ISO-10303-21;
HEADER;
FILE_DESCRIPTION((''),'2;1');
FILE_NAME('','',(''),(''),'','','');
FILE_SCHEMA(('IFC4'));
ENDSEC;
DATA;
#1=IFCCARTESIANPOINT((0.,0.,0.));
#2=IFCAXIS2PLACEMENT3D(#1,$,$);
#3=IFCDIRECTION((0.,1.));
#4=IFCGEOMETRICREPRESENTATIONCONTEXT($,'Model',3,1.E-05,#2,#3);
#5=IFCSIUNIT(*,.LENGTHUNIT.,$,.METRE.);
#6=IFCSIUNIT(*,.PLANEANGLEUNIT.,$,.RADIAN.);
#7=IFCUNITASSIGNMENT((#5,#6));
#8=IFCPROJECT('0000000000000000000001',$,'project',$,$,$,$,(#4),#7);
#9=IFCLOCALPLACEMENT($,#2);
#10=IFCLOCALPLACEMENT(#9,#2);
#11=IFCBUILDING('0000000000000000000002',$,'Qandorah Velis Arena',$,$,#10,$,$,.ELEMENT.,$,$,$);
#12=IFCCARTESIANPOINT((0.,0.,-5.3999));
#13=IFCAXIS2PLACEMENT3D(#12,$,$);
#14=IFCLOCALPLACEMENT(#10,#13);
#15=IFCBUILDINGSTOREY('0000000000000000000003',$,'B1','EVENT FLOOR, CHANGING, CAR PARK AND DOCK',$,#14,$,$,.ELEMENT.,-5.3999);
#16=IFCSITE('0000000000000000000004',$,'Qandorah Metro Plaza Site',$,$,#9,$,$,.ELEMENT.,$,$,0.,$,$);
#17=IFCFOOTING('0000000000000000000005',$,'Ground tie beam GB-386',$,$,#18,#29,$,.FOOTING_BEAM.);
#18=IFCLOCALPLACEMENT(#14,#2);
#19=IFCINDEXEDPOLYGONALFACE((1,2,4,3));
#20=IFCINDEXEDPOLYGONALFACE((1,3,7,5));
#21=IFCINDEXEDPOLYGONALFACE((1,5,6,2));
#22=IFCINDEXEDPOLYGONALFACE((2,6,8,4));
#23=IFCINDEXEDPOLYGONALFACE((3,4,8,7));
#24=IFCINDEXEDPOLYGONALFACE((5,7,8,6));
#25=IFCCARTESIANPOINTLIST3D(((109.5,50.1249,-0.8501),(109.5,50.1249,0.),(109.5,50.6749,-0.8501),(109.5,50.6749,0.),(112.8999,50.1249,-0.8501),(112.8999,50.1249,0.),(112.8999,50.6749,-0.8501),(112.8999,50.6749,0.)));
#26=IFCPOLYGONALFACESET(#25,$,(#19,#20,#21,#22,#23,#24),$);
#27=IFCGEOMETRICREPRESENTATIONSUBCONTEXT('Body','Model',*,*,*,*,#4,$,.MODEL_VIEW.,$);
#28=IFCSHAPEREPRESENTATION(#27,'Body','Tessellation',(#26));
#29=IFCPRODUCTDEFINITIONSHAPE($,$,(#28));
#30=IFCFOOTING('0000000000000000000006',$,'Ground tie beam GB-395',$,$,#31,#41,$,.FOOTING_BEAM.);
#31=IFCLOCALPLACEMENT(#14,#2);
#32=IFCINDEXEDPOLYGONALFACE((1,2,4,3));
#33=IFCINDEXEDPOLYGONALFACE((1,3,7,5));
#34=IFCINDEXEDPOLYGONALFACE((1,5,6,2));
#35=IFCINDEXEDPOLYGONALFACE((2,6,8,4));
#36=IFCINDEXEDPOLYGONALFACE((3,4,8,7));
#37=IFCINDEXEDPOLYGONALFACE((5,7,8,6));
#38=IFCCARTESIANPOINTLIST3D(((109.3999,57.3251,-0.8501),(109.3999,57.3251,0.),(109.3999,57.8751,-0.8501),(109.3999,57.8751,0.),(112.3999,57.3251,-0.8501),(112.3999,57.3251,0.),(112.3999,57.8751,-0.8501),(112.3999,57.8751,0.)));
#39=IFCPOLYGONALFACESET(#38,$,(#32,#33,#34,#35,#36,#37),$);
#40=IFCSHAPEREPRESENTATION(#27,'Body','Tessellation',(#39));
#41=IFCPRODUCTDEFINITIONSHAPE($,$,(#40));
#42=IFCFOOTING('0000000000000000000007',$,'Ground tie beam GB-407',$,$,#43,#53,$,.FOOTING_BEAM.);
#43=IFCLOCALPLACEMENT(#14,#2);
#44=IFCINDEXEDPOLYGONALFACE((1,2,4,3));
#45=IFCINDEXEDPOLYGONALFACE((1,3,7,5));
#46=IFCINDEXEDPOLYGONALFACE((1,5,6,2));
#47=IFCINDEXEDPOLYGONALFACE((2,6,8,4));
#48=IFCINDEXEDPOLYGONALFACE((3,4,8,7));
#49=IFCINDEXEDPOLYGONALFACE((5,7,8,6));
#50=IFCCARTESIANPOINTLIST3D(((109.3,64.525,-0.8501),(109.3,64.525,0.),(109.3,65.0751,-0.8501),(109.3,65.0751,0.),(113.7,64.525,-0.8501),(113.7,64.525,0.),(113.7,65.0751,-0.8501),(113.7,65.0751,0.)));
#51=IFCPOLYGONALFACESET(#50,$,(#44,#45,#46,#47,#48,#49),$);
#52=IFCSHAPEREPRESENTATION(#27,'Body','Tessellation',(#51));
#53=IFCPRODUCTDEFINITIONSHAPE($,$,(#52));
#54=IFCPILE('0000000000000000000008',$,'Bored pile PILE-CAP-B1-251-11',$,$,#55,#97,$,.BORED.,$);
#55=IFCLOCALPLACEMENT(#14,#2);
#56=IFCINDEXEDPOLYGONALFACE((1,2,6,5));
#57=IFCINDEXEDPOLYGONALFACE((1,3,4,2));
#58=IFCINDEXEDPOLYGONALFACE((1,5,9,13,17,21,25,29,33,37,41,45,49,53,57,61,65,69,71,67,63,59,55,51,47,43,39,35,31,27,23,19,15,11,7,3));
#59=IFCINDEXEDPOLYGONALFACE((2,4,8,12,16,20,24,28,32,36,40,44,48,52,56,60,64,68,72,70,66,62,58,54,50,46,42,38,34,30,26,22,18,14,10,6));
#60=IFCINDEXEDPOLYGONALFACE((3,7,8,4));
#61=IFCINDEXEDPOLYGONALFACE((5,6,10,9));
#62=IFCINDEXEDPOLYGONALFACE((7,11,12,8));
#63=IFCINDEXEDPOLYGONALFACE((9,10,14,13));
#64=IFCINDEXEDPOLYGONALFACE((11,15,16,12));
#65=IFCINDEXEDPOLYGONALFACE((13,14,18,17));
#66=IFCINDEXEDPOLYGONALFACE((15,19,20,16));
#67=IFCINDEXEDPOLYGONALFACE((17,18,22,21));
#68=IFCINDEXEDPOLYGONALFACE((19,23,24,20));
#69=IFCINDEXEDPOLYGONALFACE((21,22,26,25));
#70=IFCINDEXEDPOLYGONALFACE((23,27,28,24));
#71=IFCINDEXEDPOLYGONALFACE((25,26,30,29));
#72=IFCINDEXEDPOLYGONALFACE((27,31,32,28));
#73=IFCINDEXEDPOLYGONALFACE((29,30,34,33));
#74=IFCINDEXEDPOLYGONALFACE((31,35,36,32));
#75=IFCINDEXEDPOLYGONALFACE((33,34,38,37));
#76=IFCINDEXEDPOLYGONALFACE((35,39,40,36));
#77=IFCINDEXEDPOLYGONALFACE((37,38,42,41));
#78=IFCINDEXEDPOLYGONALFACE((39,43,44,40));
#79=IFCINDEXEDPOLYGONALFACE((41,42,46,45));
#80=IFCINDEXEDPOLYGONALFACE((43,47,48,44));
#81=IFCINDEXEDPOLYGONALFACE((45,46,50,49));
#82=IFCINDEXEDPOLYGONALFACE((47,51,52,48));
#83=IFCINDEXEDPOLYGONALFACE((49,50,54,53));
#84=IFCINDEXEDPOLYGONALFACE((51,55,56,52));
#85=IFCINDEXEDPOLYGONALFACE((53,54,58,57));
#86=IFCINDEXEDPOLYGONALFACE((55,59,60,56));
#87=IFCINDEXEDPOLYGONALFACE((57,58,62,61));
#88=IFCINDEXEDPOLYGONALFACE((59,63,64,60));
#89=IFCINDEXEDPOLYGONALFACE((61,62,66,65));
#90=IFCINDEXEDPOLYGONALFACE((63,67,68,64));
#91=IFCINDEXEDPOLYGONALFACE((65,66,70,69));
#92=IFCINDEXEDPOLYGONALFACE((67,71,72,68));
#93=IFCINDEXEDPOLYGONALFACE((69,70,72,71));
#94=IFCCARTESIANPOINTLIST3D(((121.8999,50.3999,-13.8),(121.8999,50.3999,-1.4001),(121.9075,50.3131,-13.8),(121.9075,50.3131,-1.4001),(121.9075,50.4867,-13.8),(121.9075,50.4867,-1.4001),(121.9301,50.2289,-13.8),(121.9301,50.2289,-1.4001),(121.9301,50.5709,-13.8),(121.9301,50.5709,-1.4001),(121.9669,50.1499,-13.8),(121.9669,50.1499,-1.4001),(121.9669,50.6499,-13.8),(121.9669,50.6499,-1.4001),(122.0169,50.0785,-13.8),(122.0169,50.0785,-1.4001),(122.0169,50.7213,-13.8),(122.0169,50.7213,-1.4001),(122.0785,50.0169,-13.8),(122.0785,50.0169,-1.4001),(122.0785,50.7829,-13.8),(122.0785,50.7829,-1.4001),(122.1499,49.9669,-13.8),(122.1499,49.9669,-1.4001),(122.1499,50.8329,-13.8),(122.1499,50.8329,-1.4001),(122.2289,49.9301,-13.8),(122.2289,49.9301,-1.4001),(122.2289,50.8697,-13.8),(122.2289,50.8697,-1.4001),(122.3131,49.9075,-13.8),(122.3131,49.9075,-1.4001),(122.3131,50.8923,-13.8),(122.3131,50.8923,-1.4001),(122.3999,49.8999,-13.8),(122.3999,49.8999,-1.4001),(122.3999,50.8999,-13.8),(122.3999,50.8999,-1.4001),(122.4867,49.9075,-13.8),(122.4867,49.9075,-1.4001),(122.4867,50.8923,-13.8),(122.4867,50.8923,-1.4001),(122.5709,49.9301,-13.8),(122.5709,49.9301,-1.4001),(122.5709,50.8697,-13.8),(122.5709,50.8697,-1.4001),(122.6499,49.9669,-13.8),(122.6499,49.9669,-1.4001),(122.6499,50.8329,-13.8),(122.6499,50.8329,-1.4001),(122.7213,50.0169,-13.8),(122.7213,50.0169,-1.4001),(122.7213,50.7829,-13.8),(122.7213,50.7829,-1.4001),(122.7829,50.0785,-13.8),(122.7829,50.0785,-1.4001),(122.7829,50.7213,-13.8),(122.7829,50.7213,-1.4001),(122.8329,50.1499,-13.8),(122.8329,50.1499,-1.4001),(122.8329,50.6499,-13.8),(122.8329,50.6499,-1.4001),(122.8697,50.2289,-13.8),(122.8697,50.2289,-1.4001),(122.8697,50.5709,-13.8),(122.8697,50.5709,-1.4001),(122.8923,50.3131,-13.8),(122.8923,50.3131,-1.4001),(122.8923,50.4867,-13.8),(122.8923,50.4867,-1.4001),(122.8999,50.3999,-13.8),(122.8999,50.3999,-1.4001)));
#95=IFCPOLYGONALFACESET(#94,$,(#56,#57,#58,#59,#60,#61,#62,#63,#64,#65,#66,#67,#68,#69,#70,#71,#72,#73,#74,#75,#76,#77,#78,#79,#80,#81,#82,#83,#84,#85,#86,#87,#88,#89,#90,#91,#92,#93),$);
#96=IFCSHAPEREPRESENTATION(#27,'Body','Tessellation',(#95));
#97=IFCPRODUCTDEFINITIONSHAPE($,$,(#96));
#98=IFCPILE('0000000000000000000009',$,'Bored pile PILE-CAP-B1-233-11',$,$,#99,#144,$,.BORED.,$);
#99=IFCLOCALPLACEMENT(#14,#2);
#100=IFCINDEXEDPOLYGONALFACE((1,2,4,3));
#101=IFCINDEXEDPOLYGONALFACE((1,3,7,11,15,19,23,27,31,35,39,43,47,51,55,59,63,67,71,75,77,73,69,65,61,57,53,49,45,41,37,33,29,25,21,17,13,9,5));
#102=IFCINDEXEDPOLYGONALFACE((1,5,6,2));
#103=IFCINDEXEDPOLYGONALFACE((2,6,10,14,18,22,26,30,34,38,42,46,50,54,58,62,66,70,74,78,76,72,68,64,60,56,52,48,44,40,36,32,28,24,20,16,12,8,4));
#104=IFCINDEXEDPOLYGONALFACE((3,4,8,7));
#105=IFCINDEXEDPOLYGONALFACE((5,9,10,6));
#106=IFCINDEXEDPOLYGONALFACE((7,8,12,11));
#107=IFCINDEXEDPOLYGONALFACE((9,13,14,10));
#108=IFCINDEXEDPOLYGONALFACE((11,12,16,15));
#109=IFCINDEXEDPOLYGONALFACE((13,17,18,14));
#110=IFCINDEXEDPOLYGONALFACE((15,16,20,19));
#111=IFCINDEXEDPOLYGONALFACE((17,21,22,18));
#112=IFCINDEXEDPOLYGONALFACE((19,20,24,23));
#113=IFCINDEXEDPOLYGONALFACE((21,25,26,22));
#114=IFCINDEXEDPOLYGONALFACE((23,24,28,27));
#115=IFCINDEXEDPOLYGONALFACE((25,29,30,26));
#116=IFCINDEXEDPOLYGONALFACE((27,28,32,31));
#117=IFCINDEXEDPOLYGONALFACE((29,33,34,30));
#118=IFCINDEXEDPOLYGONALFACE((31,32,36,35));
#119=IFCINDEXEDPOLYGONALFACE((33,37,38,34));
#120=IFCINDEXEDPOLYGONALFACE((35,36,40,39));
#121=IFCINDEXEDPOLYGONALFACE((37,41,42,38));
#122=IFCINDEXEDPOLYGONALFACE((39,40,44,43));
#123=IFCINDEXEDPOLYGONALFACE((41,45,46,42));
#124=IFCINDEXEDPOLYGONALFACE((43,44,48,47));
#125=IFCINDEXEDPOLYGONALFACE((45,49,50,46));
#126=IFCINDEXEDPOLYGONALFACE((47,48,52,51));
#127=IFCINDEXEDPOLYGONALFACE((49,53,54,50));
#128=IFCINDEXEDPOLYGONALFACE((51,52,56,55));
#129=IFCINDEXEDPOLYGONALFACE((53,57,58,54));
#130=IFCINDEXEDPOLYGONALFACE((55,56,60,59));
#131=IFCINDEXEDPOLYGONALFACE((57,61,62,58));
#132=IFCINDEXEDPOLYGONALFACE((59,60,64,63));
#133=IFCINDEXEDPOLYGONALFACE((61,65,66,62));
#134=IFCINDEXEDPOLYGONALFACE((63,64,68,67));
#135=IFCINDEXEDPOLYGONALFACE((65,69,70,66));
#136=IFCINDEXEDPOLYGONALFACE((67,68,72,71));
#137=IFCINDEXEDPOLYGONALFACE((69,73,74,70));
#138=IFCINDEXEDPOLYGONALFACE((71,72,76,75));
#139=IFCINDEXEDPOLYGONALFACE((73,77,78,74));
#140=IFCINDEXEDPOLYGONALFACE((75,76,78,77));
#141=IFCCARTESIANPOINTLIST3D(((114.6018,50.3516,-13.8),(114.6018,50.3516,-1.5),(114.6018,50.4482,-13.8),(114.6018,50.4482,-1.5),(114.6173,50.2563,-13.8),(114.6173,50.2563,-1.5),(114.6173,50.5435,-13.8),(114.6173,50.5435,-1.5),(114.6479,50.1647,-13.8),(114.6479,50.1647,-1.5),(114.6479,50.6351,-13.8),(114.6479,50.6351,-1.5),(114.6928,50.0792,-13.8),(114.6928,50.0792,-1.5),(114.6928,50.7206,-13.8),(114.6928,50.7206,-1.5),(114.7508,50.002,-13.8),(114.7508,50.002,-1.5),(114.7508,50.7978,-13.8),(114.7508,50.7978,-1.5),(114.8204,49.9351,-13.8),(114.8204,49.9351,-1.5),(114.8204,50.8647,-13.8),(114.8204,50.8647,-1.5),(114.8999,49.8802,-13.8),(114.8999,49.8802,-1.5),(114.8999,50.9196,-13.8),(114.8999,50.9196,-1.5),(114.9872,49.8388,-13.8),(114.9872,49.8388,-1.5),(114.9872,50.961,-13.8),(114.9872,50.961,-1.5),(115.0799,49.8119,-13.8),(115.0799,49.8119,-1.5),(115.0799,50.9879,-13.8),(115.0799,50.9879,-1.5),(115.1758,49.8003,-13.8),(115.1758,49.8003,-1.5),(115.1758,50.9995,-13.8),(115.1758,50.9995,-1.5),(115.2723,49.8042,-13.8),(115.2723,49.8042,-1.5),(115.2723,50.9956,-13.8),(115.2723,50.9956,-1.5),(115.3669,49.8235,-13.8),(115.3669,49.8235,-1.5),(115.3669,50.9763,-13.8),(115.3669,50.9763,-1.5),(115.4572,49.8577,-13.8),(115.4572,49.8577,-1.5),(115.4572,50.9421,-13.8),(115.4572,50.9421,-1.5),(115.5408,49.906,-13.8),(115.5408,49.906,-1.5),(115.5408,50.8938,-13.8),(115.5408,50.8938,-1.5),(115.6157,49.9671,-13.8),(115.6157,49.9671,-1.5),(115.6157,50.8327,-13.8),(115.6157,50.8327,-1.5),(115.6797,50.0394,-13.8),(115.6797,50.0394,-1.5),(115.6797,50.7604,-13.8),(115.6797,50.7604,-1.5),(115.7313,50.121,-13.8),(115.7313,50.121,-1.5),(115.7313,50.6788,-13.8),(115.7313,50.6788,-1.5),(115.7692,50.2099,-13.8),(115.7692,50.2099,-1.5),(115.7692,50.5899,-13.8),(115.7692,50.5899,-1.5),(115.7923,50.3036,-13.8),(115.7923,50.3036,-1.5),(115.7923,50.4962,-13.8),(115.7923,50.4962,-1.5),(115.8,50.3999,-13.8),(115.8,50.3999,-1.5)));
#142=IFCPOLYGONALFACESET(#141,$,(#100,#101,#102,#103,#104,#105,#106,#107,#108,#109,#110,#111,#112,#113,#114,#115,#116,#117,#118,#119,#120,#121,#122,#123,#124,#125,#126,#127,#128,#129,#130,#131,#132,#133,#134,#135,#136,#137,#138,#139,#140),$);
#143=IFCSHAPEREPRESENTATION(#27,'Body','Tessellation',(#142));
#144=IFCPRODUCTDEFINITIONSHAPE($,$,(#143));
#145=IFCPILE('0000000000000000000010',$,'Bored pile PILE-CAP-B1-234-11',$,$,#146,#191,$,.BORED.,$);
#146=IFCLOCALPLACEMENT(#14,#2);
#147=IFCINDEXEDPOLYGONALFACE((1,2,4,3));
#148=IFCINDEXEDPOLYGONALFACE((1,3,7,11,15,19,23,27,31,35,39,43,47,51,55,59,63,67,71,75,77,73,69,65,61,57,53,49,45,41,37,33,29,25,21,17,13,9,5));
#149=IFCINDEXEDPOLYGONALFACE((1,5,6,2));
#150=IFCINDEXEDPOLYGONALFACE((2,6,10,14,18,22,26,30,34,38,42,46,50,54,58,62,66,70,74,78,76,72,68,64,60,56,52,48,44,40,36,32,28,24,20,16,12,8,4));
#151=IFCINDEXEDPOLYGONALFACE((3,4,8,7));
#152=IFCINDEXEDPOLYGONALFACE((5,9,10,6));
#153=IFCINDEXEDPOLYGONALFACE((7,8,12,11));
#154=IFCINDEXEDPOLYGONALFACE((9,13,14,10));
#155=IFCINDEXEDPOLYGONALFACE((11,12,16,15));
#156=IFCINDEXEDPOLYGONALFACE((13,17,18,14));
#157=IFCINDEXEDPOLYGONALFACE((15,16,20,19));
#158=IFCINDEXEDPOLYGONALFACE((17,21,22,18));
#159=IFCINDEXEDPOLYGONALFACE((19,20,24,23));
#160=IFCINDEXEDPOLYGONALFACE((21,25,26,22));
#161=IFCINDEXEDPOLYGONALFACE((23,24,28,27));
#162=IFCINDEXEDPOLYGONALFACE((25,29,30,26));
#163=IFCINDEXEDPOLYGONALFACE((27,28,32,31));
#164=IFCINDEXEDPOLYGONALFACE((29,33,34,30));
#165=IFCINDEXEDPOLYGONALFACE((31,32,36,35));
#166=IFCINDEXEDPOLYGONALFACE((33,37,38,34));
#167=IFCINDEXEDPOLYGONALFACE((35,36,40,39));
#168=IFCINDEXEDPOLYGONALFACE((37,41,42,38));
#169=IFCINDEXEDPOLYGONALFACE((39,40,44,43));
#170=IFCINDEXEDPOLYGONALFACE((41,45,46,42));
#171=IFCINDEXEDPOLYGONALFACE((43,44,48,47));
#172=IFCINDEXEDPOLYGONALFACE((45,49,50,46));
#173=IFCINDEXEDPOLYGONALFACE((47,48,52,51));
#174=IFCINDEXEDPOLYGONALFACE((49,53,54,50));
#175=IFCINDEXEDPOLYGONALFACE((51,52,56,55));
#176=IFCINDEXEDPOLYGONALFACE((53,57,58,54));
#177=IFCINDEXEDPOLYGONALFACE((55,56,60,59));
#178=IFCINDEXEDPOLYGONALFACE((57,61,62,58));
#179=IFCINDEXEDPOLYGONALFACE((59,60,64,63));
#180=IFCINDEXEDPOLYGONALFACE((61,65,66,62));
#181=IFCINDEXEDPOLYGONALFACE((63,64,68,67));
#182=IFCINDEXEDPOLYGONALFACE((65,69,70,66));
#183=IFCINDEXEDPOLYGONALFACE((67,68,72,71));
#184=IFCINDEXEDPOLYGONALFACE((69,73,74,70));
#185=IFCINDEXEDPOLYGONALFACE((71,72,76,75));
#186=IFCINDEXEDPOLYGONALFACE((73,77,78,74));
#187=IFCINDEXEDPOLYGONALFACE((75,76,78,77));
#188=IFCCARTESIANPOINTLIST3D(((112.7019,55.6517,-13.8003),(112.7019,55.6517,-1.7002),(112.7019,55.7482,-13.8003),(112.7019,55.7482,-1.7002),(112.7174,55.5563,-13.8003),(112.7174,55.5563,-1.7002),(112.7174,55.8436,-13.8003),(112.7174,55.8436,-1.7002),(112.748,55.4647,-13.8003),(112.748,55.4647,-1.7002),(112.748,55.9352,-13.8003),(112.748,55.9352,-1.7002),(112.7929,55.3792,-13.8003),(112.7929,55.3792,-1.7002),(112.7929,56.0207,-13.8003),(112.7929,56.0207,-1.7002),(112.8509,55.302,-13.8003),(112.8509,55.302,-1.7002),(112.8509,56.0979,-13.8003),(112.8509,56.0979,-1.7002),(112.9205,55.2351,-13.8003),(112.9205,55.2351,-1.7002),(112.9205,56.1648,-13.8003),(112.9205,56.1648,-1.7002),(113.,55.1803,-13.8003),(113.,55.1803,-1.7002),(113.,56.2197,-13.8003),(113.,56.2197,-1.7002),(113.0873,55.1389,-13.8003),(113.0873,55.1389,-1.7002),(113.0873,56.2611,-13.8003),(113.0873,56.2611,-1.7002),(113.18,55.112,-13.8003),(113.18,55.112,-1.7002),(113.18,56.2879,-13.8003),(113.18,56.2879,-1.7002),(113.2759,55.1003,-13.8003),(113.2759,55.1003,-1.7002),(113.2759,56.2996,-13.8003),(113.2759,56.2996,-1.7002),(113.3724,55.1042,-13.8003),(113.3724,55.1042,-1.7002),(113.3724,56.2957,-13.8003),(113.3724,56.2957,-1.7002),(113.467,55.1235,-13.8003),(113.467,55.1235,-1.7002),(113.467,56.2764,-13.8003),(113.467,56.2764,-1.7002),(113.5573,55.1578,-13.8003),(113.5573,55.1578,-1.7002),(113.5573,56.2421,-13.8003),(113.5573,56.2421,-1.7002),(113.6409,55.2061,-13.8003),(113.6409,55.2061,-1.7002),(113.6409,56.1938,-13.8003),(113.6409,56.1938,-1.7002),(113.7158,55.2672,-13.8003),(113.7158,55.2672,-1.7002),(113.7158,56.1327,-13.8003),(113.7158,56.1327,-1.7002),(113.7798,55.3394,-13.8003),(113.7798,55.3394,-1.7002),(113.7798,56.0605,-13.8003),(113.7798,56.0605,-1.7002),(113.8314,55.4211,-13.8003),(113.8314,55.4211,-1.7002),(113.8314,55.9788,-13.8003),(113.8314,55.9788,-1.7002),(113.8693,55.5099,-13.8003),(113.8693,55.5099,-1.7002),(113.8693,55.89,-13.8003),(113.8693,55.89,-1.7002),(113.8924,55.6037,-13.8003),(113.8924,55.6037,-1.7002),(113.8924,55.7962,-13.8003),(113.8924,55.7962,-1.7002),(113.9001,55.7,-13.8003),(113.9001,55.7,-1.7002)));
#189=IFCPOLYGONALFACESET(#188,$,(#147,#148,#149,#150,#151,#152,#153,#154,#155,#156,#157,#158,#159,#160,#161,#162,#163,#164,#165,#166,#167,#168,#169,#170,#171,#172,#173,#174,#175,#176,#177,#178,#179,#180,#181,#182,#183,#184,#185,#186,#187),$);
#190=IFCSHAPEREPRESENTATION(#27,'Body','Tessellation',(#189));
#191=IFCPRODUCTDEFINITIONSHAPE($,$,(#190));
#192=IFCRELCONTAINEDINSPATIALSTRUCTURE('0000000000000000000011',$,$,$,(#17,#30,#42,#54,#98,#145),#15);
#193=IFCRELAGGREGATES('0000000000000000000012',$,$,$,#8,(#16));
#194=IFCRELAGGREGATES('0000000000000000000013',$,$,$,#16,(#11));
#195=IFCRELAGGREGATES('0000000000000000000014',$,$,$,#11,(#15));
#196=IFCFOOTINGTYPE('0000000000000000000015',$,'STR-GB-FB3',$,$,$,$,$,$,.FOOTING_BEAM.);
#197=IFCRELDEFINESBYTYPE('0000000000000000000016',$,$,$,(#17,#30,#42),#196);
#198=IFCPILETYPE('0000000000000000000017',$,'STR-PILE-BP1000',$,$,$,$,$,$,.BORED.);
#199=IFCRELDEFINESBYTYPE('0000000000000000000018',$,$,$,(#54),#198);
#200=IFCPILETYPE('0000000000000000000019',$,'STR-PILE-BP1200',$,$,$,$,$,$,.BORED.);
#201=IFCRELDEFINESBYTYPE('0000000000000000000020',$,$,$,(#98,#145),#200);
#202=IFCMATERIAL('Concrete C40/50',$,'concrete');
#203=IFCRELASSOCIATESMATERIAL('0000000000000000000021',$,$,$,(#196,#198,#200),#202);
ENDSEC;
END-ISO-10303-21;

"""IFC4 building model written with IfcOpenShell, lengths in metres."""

from ifc_helpers import new_model, si_unit, direction, frame, origin, origin_2d, place, context, subcontext, project, spatial, rectangle, circle, extrude, material, material_profile, profile_set, type_object, element, save


model = new_model("IFC4")

# Units and contexts
model_context = context("Model", 3, precision=1e-05, world=origin(), true_north=direction((0.0, 1.0)))
body_context = subcontext(model_context, "Body", "Model", "MODEL_VIEW")
ifc_project = project(units=[si_unit("LENGTHUNIT", "METRE"), si_unit("PLANEANGLEUNIT", "RADIAN")], contexts=[model_context])

# Site, building, storey
site_placement = place(None, origin())
site = spatial("IfcSite", under=ifc_project, at=site_placement, Name="Qandorah Metro Plaza Site", CompositionType="ELEMENT", RefElevation=0.0)
building_placement = place(site_placement, origin())
building = spatial("IfcBuilding", under=site, at=building_placement, Name="Qandorah Velis Arena", CompositionType="ELEMENT")
storey_placement = place(building_placement, frame((0.0, 0.0, -5.3999)))
storey = spatial("IfcBuildingStorey", under=building, at=storey_placement, Name="B1", Description="EVENT FLOOR, CHANGING, CAR PARK AND DOCK", CompositionType="ELEMENT", Elevation=-5.3999)

# Footings
ifc_material_1 = material(Name="Concrete C40/50", Category="concrete")
ifc_material_profile_1 = material_profile(ifc_material_1, rectangle(XDim=0.55, YDim=0.8501, at=origin_2d()), Name="GB3 550x850")
ifc_profile_set_1 = profile_set([ifc_material_profile_1], Name="Concrete C40/50")
footing_type_1 = type_object("IfcFootingType", Name="STR-GB-FB3", PredefinedType="FOOTING_BEAM", material=ifc_profile_set_1)
footing_1_placement = place(storey_placement, frame((109.5, 50.3999, -0.425), z_axis=(1.0, 0.0, 0.0), x_axis=(0.0, 1.0, 0.0)))
element("IfcFooting", 1, at=footing_1_placement, inside=storey, type_object=footing_type_1, Name="Ground tie beam GB-386", PredefinedType="FOOTING_BEAM", context=body_context, shape_type="SweptSolid", body=[
    extrude(rectangle(XDim=0.55, YDim=0.8501, at=origin_2d()), origin(), (0.0, 0.0, 1.0), 3.3999),
])
footing_2_placement = place(storey_placement, frame((109.3999, 57.6001, -0.425), z_axis=(1.0, 0.0, 0.0), x_axis=(0.0, 1.0, 0.0)))
element("IfcFooting", 2, at=footing_2_placement, inside=storey, type_object=footing_type_1, Name="Ground tie beam GB-395", PredefinedType="FOOTING_BEAM", context=body_context, shape_type="SweptSolid", body=[
    extrude(rectangle(XDim=0.55, YDim=0.8501, at=origin_2d()), origin(), (0.0, 0.0, 1.0), 3.0),
])
footing_3_placement = place(storey_placement, frame((109.3, 64.8, -0.425), z_axis=(1.0, 0.0, 0.0), x_axis=(0.0, 1.0, 0.0)))
element("IfcFooting", 3, at=footing_3_placement, inside=storey, type_object=footing_type_1, Name="Ground tie beam GB-407", PredefinedType="FOOTING_BEAM", context=body_context, shape_type="SweptSolid", body=[
    extrude(rectangle(XDim=0.55, YDim=0.8501, at=origin_2d()), origin(), (0.0, 0.0, 1.0), 4.3999),
])

# Piles
ifc_material_profile_2 = material_profile(ifc_material_1, circle(Radius=0.5, at=origin_2d()), Name="BORED PILE D1000")
ifc_profile_set_2 = profile_set([ifc_material_profile_2], Name="Concrete C40/50")
pile_type_1 = type_object("IfcPileType", Name="STR-PILE-BP1000", PredefinedType="BORED", material=ifc_profile_set_2)
pile_1_placement = place(storey_placement, frame((122.3999, 50.3999, -1.4001), z_axis=(0.0, 0.0, -1.0), x_axis=(1.0, 0.0, 0.0)))
element("IfcPile", 4, at=pile_1_placement, inside=storey, type_object=pile_type_1, Name="Bored pile PILE-CAP-B1-251-11", PredefinedType="BORED", context=body_context, shape_type="SweptSolid", body=[
    extrude(circle(Radius=0.5, at=origin_2d()), origin(), (0.0, 0.0, 1.0), 12.3999),
])
ifc_material_profile_3 = material_profile(ifc_material_1, circle(Radius=0.6001, at=origin_2d()), Name="BORED PILE D1200")
ifc_profile_set_3 = profile_set([ifc_material_profile_3], Name="Concrete C40/50")
pile_type_2 = type_object("IfcPileType", Name="STR-PILE-BP1200", PredefinedType="BORED", material=ifc_profile_set_3)
pile_2_placement = place(storey_placement, frame((115.2, 50.3999, -1.5), z_axis=(0.0, 0.0, -1.0), x_axis=(1.0, 0.0, 0.0)))
element("IfcPile", 5, at=pile_2_placement, inside=storey, type_object=pile_type_2, Name="Bored pile PILE-CAP-B1-233-11", PredefinedType="BORED", context=body_context, shape_type="SweptSolid", body=[
    extrude(circle(Radius=0.6001, at=origin_2d()), origin(), (0.0, 0.0, 1.0), 12.3),
])
for number, where, z_axis, x_axis, name in (
    (6, (113.3, 55.7, -1.7002), (0.0, 0.0, -1.0), (1.0, 0.0, 0.0), "Bored pile PILE-CAP-B1-234-11"),
):
    element("IfcPile", number, at=place(storey_placement, frame(where, z_axis=z_axis, x_axis=x_axis)), inside=storey, type_object=pile_type_2, Name=name, PredefinedType="BORED", context=body_context, shape_type="SweptSolid", body=[
        extrude(circle(Radius=0.6001, at=origin_2d()), origin(), (0.0, 0.0, 1.0), 12.1001),
    ])

save(model, "model.ifc")
